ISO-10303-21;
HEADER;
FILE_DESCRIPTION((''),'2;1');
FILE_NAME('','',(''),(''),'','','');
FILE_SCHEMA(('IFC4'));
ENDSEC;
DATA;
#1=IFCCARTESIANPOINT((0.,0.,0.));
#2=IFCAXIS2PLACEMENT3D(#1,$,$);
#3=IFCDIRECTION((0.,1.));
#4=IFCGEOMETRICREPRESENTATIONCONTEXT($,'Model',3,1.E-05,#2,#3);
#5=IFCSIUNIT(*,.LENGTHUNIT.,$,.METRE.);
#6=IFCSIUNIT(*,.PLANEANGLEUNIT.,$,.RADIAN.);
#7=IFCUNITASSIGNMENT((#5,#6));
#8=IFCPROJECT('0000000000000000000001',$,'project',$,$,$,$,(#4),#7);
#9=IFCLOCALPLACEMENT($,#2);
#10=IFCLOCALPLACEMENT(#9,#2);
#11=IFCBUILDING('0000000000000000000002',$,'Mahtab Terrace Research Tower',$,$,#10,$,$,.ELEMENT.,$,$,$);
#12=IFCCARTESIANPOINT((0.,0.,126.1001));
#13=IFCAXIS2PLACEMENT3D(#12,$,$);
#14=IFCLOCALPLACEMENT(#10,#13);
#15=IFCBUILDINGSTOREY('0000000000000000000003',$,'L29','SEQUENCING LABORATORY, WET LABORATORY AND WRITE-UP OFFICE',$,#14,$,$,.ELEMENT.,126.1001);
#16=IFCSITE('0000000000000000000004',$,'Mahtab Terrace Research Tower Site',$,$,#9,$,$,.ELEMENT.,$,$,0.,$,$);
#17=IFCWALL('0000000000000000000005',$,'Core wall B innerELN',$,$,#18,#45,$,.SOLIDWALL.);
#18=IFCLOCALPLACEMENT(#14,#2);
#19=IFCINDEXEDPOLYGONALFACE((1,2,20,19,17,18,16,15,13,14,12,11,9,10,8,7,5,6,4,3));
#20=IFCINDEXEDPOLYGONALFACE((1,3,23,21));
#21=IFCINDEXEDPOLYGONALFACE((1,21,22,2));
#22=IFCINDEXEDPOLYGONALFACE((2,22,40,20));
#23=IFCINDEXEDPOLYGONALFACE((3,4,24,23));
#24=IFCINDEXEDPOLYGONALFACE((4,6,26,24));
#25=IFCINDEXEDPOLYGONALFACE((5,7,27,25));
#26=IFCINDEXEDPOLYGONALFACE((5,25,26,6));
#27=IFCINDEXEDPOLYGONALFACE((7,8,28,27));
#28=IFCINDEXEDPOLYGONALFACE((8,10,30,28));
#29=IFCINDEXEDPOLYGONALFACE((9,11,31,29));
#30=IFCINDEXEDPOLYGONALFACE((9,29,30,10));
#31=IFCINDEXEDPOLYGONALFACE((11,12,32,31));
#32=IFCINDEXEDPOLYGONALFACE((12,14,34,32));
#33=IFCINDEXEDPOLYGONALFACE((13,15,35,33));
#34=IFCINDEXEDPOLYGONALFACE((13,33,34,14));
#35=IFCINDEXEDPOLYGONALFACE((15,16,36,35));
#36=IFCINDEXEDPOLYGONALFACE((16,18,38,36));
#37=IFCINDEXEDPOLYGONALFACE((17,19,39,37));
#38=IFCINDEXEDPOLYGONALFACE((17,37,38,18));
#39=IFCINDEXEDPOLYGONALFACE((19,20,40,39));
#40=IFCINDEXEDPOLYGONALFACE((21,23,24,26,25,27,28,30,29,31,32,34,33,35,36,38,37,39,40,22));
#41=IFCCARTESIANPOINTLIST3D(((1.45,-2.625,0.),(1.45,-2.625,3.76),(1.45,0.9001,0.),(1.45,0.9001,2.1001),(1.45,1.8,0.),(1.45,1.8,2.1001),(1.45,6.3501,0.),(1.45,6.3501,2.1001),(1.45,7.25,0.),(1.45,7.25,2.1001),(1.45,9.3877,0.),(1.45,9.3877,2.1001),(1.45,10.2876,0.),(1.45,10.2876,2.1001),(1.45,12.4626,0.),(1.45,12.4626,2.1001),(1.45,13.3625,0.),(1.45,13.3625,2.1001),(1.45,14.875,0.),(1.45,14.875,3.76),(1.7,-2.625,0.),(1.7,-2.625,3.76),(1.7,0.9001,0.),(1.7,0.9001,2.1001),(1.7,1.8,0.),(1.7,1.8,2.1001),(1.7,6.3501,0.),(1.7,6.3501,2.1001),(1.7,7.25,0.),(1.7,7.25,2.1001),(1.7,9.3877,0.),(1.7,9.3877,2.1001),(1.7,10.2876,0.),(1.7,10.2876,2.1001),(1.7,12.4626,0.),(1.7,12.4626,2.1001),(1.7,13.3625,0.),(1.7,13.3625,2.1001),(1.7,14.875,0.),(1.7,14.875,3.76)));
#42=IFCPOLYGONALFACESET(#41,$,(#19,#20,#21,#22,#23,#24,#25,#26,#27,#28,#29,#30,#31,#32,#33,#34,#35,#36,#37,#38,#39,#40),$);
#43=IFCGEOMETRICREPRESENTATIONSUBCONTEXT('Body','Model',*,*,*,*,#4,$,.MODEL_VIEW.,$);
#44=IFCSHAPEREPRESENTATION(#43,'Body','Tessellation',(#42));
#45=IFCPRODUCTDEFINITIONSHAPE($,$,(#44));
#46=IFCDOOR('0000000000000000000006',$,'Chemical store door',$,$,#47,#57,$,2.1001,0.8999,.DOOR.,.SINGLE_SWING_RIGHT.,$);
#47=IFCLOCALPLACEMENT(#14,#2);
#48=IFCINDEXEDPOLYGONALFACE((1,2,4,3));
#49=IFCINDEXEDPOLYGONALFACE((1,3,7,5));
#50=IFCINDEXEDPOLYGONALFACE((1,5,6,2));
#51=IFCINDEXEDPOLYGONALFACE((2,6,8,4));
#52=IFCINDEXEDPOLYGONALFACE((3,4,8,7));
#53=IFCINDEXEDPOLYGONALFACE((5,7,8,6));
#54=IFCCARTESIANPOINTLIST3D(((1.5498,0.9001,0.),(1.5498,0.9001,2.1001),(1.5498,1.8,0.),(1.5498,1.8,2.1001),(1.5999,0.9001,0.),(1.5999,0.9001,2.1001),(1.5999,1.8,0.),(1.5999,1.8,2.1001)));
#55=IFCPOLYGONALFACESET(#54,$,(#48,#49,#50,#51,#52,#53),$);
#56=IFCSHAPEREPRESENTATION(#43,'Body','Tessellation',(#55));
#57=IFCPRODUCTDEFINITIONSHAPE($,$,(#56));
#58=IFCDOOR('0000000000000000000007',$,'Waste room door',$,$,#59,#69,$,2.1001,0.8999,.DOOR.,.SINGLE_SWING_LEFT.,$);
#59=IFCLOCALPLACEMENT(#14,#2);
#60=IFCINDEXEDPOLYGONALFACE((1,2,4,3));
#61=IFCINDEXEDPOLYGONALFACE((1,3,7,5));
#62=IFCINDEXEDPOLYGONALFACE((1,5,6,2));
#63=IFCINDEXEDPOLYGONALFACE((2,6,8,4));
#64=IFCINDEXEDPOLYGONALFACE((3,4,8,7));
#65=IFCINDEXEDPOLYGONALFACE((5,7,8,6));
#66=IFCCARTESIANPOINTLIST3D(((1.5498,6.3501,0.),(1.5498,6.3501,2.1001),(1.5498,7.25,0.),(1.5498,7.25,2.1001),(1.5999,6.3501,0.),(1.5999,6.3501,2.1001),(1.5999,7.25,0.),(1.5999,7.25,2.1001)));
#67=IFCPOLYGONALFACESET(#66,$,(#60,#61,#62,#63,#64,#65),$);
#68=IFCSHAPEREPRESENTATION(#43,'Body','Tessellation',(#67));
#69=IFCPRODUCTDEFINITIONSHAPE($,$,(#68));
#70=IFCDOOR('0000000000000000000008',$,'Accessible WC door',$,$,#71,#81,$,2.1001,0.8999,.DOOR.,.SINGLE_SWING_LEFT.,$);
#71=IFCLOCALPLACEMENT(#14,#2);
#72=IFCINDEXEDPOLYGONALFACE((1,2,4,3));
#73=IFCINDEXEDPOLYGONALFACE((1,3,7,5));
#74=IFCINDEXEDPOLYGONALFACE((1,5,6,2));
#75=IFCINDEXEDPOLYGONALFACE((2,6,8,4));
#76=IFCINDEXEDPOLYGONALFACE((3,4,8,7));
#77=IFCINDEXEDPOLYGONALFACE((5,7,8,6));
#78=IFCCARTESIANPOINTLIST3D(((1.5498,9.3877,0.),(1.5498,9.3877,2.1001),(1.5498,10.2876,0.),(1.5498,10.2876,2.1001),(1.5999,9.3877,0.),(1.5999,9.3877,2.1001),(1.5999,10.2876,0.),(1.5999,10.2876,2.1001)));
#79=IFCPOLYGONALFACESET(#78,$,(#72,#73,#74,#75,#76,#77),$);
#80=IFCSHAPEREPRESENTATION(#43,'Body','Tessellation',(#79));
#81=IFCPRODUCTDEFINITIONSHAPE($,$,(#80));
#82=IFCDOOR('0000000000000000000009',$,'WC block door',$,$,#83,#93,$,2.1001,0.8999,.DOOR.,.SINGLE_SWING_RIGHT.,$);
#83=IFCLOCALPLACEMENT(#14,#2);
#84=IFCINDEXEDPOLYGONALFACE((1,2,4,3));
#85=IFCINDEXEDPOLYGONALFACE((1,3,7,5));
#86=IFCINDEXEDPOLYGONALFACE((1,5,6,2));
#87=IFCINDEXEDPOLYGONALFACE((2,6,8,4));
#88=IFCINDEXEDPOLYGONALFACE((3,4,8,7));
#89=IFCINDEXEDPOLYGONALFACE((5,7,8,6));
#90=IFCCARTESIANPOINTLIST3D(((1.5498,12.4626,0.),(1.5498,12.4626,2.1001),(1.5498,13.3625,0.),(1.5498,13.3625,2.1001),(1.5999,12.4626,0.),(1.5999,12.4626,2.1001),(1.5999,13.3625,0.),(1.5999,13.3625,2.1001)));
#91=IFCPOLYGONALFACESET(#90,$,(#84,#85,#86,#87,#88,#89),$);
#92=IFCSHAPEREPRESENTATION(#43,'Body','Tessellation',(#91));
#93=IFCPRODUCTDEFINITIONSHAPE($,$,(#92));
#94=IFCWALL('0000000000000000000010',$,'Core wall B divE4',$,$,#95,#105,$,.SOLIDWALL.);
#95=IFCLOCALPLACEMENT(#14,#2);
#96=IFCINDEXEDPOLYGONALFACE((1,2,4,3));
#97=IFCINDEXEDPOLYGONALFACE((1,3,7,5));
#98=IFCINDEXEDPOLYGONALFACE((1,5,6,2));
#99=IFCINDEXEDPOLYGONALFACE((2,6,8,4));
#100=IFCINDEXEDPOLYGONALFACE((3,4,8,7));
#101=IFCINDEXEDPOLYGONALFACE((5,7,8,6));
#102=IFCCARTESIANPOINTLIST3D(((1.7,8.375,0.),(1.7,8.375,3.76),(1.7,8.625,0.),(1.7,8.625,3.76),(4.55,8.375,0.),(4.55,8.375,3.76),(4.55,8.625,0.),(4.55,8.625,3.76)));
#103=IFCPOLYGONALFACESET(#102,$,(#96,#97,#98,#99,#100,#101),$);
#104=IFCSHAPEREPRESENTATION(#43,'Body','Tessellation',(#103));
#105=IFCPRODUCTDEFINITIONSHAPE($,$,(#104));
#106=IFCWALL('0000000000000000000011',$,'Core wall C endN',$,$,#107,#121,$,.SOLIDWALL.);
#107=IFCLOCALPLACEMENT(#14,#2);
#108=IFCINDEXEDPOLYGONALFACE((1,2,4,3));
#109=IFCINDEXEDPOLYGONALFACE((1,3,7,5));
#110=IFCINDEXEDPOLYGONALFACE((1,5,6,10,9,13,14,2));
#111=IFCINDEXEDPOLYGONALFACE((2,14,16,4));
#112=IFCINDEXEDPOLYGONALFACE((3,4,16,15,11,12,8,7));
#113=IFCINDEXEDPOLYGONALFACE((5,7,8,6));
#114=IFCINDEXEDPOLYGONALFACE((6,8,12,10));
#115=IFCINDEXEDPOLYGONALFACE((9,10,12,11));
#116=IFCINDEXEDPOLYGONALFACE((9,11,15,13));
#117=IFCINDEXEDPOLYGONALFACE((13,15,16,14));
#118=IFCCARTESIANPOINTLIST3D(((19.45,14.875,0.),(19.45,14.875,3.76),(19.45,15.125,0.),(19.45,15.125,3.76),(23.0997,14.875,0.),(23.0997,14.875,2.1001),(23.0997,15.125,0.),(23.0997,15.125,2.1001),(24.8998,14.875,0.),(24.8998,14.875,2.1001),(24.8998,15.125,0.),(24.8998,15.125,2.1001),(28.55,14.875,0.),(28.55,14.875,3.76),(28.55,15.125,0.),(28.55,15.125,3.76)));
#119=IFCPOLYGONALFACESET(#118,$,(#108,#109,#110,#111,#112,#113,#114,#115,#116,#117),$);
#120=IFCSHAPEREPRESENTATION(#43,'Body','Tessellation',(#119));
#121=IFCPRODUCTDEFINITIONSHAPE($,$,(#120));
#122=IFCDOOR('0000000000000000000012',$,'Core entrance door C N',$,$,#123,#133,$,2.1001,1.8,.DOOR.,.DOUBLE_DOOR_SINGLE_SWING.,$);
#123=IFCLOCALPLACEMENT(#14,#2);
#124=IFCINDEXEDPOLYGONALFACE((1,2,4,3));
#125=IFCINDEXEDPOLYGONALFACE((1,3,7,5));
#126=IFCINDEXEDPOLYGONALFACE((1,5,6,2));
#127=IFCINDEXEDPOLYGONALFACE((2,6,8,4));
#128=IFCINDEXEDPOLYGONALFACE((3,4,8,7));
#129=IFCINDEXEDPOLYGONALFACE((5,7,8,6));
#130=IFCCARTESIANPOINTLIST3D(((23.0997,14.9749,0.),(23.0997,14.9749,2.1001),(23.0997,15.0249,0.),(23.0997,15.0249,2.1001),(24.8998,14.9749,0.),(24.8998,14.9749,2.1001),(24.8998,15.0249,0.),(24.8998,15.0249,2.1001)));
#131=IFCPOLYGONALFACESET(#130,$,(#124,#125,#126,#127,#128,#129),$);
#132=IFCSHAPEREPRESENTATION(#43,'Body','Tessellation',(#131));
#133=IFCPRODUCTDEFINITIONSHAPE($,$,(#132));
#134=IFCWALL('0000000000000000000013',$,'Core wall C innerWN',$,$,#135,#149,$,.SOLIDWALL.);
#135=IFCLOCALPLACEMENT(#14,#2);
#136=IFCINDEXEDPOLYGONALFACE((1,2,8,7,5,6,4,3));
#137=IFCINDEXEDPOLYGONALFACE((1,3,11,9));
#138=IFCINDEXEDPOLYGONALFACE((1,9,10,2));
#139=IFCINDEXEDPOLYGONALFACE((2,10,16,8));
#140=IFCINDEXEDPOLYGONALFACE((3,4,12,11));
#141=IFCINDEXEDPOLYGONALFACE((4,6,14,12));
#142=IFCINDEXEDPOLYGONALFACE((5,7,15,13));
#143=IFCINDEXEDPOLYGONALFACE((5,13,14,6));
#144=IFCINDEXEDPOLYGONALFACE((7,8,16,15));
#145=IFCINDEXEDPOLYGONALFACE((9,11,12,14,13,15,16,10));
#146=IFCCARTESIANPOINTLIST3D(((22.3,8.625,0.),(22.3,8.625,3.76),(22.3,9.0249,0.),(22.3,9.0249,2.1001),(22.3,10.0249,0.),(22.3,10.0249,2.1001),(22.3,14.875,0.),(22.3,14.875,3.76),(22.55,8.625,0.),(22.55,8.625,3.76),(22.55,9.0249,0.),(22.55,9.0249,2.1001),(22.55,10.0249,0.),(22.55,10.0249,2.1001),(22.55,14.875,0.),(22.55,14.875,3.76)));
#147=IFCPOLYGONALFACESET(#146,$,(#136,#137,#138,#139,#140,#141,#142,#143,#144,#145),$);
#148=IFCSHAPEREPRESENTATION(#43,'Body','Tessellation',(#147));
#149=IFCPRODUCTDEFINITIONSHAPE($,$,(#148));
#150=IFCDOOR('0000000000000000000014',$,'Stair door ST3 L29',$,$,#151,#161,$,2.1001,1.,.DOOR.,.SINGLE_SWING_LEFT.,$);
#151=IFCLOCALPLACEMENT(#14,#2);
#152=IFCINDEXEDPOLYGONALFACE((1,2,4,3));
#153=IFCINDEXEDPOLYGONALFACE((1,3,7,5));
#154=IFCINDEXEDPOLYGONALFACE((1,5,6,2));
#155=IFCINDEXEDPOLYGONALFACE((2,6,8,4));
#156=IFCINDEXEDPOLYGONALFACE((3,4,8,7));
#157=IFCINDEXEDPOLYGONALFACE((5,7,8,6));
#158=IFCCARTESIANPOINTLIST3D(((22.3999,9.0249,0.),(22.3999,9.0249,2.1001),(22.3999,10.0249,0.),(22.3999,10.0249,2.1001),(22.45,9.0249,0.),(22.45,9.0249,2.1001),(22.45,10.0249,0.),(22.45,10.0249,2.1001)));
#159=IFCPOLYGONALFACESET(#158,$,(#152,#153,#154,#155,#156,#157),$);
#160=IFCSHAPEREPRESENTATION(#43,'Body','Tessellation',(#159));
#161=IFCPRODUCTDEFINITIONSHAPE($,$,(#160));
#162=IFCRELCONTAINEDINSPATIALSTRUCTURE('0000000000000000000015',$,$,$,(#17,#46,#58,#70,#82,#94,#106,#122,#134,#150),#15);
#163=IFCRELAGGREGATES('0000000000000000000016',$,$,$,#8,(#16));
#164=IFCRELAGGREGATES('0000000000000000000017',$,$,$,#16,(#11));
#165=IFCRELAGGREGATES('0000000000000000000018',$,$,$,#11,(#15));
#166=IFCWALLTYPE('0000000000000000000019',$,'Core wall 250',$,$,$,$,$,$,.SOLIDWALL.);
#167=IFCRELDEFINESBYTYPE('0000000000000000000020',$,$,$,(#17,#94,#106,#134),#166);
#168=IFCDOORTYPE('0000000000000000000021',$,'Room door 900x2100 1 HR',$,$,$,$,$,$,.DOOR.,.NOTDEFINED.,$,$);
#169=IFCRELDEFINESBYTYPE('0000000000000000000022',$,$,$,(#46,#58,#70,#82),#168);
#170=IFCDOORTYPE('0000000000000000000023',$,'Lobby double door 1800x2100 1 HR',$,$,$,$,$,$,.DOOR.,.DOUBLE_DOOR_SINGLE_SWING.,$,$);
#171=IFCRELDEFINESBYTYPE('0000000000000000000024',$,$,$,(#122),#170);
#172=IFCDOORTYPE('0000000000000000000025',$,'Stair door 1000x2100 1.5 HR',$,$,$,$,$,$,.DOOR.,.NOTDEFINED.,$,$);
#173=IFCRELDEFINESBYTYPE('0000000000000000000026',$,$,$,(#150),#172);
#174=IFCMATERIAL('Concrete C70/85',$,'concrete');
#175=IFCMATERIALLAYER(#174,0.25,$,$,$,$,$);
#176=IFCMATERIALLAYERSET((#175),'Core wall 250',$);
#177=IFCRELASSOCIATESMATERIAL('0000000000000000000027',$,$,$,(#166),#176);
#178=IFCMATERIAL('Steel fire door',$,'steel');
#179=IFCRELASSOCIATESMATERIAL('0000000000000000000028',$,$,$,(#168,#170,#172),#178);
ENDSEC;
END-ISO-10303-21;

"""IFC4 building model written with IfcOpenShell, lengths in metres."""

from ifc_helpers import new_model, si_unit, direction, frame, frame_2d, origin, place, context, subcontext, project, spatial, rectangle, extrude, material, layer, layer_set, type_object, element, fill, save


model = new_model("IFC4")

# Units and contexts
model_context = context("Model", 3, precision=1e-05, world=origin(), true_north=direction((0.0, 1.0)))
body_context = subcontext(model_context, "Body", "Model", "MODEL_VIEW")
ifc_project = project(units=[si_unit("LENGTHUNIT", "METRE"), si_unit("PLANEANGLEUNIT", "RADIAN")], contexts=[model_context])

# Site, building, storey
site_placement = place(None, origin())
site = spatial("IfcSite", under=ifc_project, at=site_placement, Name="Mahtab Terrace Research Tower Site", CompositionType="ELEMENT", RefElevation=0.0)
building_placement = place(site_placement, origin())
building = spatial("IfcBuilding", under=site, at=building_placement, Name="Mahtab Terrace Research Tower", CompositionType="ELEMENT")
storey_placement = place(building_placement, frame((0.0, 0.0, 126.1001)))
storey = spatial("IfcBuildingStorey", under=building, at=storey_placement, Name="L29", Description="SEQUENCING LABORATORY, WET LABORATORY AND WRITE-UP OFFICE", CompositionType="ELEMENT", Elevation=126.1001)

# Shared definitions
ifc_material_1 = material(Name="Concrete C70/85", Category="concrete")

# Wall, openings, doors
ifc_layer_1 = layer(ifc_material_1, 0.25)
ifc_layer_set_1 = layer_set([ifc_layer_1], Name="Core wall 250")
wall_type_1 = type_object("IfcWallType", Name="Core wall 250", PredefinedType="SOLIDWALL", material=ifc_layer_set_1)
wall_1_placement = place(storey_placement, frame((1.575, 14.875, 0.0), z_axis=(0.0, 0.0, 1.0), x_axis=(0.0, -1.0, 0.0)))
wall_1 = element("IfcWall", 1, at=wall_1_placement, inside=storey, type_object=wall_type_1, Name="Core wall B innerELN", PredefinedType="SOLIDWALL", context=body_context, shape_type="SweptSolid", body=[
    extrude(rectangle(XDim=17.5, YDim=0.25, at=frame_2d((8.75, 0.0))), origin(), (0.0, 0.0, 1.0), 3.76),
])
opening_1_placement = place(wall_1_placement, frame((13.075, 0.0, 0.0)))
opening_1 = element("IfcOpeningElement", 2, at=opening_1_placement, cuts=wall_1, PredefinedType="OPENING", context=body_context, shape_type="SweptSolid", body=[
    extrude(rectangle(XDim=0.8999, YDim=2.1001, at=frame_2d((0.45, 1.05))), frame((0.0, 0.135, 0.0), z_axis=(0.0, -1.0, 0.0), x_axis=(1.0, 0.0, 0.0)), (0.0, 0.0, 1.0), 0.27),
])
opening_2_placement = place(wall_1_placement, frame((7.625, 0.0, 0.0)))
opening_2 = element("IfcOpeningElement", 3, at=opening_2_placement, cuts=wall_1, PredefinedType="OPENING", context=body_context, shape_type="SweptSolid", body=[
    extrude(rectangle(XDim=0.8999, YDim=2.1001, at=frame_2d((0.45, 1.05))), frame((0.0, 0.135, 0.0), z_axis=(0.0, -1.0, 0.0), x_axis=(1.0, 0.0, 0.0)), (0.0, 0.0, 1.0), 0.27),
])
opening_3_placement = place(wall_1_placement, frame((4.5874, 0.0, 0.0)))
opening_3 = element("IfcOpeningElement", 4, at=opening_3_placement, cuts=wall_1, PredefinedType="OPENING", context=body_context, shape_type="SweptSolid", body=[
    extrude(rectangle(XDim=0.8999, YDim=2.1001, at=frame_2d((0.45, 1.05))), frame((0.0, 0.135, 0.0), z_axis=(0.0, -1.0, 0.0), x_axis=(1.0, 0.0, 0.0)), (0.0, 0.0, 1.0), 0.27),
])
opening_4_placement = place(wall_1_placement, frame((1.5125, 0.0, 0.0)))
opening_4 = element("IfcOpeningElement", 5, at=opening_4_placement, cuts=wall_1, PredefinedType="OPENING", context=body_context, shape_type="SweptSolid", body=[
    extrude(rectangle(XDim=0.8999, YDim=2.1001, at=frame_2d((0.45, 1.05))), frame((0.0, 0.135, 0.0), z_axis=(0.0, -1.0, 0.0), x_axis=(1.0, 0.0, 0.0)), (0.0, 0.0, 1.0), 0.27),
])
ifc_material_2 = material(Name="Steel fire door", Category="steel")
door_type_1 = type_object("IfcDoorType", Name="Room door 900x2100 1 HR", OperationType="NOTDEFINED", PredefinedType="DOOR", material=ifc_material_2)
door_1_placement = place(opening_1_placement, origin())
door_1 = element("IfcDoor", 6, at=door_1_placement, inside=storey, type_object=door_type_1, Name="Chemical store door", OperationType="SINGLE_SWING_RIGHT", OverallHeight=2.1001, OverallWidth=0.8999, PredefinedType="DOOR", context=body_context, shape_type="SweptSolid", body=[
    extrude(rectangle(XDim=0.8999, YDim=2.1001, at=frame_2d((0.45, 1.05))), frame((0.0, 0.0249, 0.0), z_axis=(0.0, -1.0, 0.0), x_axis=(1.0, 0.0, 0.0)), (0.0, 0.0, 1.0), 0.05),
])
fill(opening_1, door_1)
door_2_placement = place(opening_2_placement, origin())
door_2 = element("IfcDoor", 7, at=door_2_placement, inside=storey, type_object=door_type_1, Name="Waste room door", OperationType="SINGLE_SWING_LEFT", OverallHeight=2.1001, OverallWidth=0.8999, PredefinedType="DOOR", context=body_context, shape_type="SweptSolid", body=[
    extrude(rectangle(XDim=0.8999, YDim=2.1001, at=frame_2d((0.45, 1.05))), frame((0.0, 0.0249, 0.0), z_axis=(0.0, -1.0, 0.0), x_axis=(1.0, 0.0, 0.0)), (0.0, 0.0, 1.0), 0.05),
])
fill(opening_2, door_2)
door_3_placement = place(opening_3_placement, origin())
door_3 = element("IfcDoor", 8, at=door_3_placement, inside=storey, type_object=door_type_1, Name="Accessible WC door", OperationType="SINGLE_SWING_LEFT", OverallHeight=2.1001, OverallWidth=0.8999, PredefinedType="DOOR", context=body_context, shape_type="SweptSolid", body=[
    extrude(rectangle(XDim=0.8999, YDim=2.1001, at=frame_2d((0.45, 1.05))), frame((0.0, 0.0249, 0.0), z_axis=(0.0, -1.0, 0.0), x_axis=(1.0, 0.0, 0.0)), (0.0, 0.0, 1.0), 0.05),
])
fill(opening_3, door_3)
door_4_placement = place(opening_4_placement, origin())
door_4 = element("IfcDoor", 9, at=door_4_placement, inside=storey, type_object=door_type_1, Name="WC block door", OperationType="SINGLE_SWING_RIGHT", OverallHeight=2.1001, OverallWidth=0.8999, PredefinedType="DOOR", context=body_context, shape_type="SweptSolid", body=[
    extrude(rectangle(XDim=0.8999, YDim=2.1001, at=frame_2d((0.45, 1.05))), frame((0.0, 0.0249, 0.0), z_axis=(0.0, -1.0, 0.0), x_axis=(1.0, 0.0, 0.0)), (0.0, 0.0, 1.0), 0.05),
])
fill(opening_4, door_4)

# Wall
wall_2_placement = place(storey_placement, frame((1.7, 8.5, 0.0), z_axis=(0.0, 0.0, 1.0), x_axis=(1.0, 0.0, 0.0)))
element("IfcWall", 10, at=wall_2_placement, inside=storey, type_object=wall_type_1, Name="Core wall B divE4", PredefinedType="SOLIDWALL", context=body_context, shape_type="SweptSolid", body=[
    extrude(rectangle(XDim=2.8501, YDim=0.25, at=frame_2d((1.425, 0.0))), origin(), (0.0, 0.0, 1.0), 3.76),
])

# Walls, openings, doors
wall_3_placement = place(storey_placement, frame((19.45, 15.0, 0.0), z_axis=(0.0, 0.0, 1.0), x_axis=(1.0, 0.0, 0.0)))
wall_3 = element("IfcWall", 11, at=wall_3_placement, inside=storey, type_object=wall_type_1, Name="Core wall C endN", PredefinedType="SOLIDWALL", context=body_context, shape_type="SweptSolid", body=[
    extrude(rectangle(XDim=9.1001, YDim=0.25, at=frame_2d((4.55, 0.0))), origin(), (0.0, 0.0, 1.0), 3.76),
])
opening_5_placement = place(wall_3_placement, frame((3.6499, 0.0, 0.0)))
opening_5 = element("IfcOpeningElement", 12, at=opening_5_placement, cuts=wall_3, PredefinedType="OPENING", context=body_context, shape_type="SweptSolid", body=[
    extrude(rectangle(XDim=1.8, YDim=2.1001, at=frame_2d((0.8999, 1.05))), frame((0.0, 0.135, 0.0), z_axis=(0.0, -1.0, 0.0), x_axis=(1.0, 0.0, 0.0)), (0.0, 0.0, 1.0), 0.27),
])
door_type_2 = type_object("IfcDoorType", Name="Lobby double door 1800x2100 1 HR", OperationType="DOUBLE_DOOR_SINGLE_SWING", PredefinedType="DOOR", material=ifc_material_2)
door_5_placement = place(opening_5_placement, origin())
door_5 = element("IfcDoor", 13, at=door_5_placement, inside=storey, type_object=door_type_2, Name="Core entrance door C N", OperationType="DOUBLE_DOOR_SINGLE_SWING", OverallHeight=2.1001, OverallWidth=1.8, PredefinedType="DOOR", context=body_context, shape_type="SweptSolid", body=[
    extrude(rectangle(XDim=1.8, YDim=2.1001, at=frame_2d((0.8999, 1.05))), frame((0.0, 0.0249, 0.0), z_axis=(0.0, -1.0, 0.0), x_axis=(1.0, 0.0, 0.0)), (0.0, 0.0, 1.0), 0.05),
])
fill(opening_5, door_5)
wall_4_placement = place(storey_placement, frame((22.425, 14.875, 0.0), z_axis=(0.0, 0.0, 1.0), x_axis=(0.0, -1.0, 0.0)))
wall_4 = element("IfcWall", 14, at=wall_4_placement, inside=storey, type_object=wall_type_1, Name="Core wall C innerWN", PredefinedType="SOLIDWALL", context=body_context, shape_type="SweptSolid", body=[
    extrude(rectangle(XDim=6.25, YDim=0.25, at=frame_2d((3.125, 0.0))), origin(), (0.0, 0.0, 1.0), 3.76),
])
opening_6_placement = place(wall_4_placement, frame((4.8501, 0.0, 0.0)))
opening_6 = element("IfcOpeningElement", 15, at=opening_6_placement, cuts=wall_4, PredefinedType="OPENING", context=body_context, shape_type="SweptSolid", body=[
    extrude(rectangle(XDim=1.0, YDim=2.1001, at=frame_2d((0.5, 1.05))), frame((0.0, 0.135, 0.0), z_axis=(0.0, -1.0, 0.0), x_axis=(1.0, 0.0, 0.0)), (0.0, 0.0, 1.0), 0.27),
])
door_type_3 = type_object("IfcDoorType", Name="Stair door 1000x2100 1.5 HR", OperationType="NOTDEFINED", PredefinedType="DOOR", material=ifc_material_2)
door_6_placement = place(opening_6_placement, origin())
door_6 = element("IfcDoor", 16, at=door_6_placement, inside=storey, type_object=door_type_3, Name="Stair door ST3 L29", OperationType="SINGLE_SWING_LEFT", OverallHeight=2.1001, OverallWidth=1.0, PredefinedType="DOOR", context=body_context, shape_type="SweptSolid", body=[
    extrude(rectangle(XDim=1.0, YDim=2.1001, at=frame_2d((0.5, 1.05))), frame((0.0, 0.0249, 0.0), z_axis=(0.0, -1.0, 0.0), x_axis=(1.0, 0.0, 0.0)), (0.0, 0.0, 1.0), 0.05),
])
fill(opening_6, door_6)

save(model, "model.ifc")
